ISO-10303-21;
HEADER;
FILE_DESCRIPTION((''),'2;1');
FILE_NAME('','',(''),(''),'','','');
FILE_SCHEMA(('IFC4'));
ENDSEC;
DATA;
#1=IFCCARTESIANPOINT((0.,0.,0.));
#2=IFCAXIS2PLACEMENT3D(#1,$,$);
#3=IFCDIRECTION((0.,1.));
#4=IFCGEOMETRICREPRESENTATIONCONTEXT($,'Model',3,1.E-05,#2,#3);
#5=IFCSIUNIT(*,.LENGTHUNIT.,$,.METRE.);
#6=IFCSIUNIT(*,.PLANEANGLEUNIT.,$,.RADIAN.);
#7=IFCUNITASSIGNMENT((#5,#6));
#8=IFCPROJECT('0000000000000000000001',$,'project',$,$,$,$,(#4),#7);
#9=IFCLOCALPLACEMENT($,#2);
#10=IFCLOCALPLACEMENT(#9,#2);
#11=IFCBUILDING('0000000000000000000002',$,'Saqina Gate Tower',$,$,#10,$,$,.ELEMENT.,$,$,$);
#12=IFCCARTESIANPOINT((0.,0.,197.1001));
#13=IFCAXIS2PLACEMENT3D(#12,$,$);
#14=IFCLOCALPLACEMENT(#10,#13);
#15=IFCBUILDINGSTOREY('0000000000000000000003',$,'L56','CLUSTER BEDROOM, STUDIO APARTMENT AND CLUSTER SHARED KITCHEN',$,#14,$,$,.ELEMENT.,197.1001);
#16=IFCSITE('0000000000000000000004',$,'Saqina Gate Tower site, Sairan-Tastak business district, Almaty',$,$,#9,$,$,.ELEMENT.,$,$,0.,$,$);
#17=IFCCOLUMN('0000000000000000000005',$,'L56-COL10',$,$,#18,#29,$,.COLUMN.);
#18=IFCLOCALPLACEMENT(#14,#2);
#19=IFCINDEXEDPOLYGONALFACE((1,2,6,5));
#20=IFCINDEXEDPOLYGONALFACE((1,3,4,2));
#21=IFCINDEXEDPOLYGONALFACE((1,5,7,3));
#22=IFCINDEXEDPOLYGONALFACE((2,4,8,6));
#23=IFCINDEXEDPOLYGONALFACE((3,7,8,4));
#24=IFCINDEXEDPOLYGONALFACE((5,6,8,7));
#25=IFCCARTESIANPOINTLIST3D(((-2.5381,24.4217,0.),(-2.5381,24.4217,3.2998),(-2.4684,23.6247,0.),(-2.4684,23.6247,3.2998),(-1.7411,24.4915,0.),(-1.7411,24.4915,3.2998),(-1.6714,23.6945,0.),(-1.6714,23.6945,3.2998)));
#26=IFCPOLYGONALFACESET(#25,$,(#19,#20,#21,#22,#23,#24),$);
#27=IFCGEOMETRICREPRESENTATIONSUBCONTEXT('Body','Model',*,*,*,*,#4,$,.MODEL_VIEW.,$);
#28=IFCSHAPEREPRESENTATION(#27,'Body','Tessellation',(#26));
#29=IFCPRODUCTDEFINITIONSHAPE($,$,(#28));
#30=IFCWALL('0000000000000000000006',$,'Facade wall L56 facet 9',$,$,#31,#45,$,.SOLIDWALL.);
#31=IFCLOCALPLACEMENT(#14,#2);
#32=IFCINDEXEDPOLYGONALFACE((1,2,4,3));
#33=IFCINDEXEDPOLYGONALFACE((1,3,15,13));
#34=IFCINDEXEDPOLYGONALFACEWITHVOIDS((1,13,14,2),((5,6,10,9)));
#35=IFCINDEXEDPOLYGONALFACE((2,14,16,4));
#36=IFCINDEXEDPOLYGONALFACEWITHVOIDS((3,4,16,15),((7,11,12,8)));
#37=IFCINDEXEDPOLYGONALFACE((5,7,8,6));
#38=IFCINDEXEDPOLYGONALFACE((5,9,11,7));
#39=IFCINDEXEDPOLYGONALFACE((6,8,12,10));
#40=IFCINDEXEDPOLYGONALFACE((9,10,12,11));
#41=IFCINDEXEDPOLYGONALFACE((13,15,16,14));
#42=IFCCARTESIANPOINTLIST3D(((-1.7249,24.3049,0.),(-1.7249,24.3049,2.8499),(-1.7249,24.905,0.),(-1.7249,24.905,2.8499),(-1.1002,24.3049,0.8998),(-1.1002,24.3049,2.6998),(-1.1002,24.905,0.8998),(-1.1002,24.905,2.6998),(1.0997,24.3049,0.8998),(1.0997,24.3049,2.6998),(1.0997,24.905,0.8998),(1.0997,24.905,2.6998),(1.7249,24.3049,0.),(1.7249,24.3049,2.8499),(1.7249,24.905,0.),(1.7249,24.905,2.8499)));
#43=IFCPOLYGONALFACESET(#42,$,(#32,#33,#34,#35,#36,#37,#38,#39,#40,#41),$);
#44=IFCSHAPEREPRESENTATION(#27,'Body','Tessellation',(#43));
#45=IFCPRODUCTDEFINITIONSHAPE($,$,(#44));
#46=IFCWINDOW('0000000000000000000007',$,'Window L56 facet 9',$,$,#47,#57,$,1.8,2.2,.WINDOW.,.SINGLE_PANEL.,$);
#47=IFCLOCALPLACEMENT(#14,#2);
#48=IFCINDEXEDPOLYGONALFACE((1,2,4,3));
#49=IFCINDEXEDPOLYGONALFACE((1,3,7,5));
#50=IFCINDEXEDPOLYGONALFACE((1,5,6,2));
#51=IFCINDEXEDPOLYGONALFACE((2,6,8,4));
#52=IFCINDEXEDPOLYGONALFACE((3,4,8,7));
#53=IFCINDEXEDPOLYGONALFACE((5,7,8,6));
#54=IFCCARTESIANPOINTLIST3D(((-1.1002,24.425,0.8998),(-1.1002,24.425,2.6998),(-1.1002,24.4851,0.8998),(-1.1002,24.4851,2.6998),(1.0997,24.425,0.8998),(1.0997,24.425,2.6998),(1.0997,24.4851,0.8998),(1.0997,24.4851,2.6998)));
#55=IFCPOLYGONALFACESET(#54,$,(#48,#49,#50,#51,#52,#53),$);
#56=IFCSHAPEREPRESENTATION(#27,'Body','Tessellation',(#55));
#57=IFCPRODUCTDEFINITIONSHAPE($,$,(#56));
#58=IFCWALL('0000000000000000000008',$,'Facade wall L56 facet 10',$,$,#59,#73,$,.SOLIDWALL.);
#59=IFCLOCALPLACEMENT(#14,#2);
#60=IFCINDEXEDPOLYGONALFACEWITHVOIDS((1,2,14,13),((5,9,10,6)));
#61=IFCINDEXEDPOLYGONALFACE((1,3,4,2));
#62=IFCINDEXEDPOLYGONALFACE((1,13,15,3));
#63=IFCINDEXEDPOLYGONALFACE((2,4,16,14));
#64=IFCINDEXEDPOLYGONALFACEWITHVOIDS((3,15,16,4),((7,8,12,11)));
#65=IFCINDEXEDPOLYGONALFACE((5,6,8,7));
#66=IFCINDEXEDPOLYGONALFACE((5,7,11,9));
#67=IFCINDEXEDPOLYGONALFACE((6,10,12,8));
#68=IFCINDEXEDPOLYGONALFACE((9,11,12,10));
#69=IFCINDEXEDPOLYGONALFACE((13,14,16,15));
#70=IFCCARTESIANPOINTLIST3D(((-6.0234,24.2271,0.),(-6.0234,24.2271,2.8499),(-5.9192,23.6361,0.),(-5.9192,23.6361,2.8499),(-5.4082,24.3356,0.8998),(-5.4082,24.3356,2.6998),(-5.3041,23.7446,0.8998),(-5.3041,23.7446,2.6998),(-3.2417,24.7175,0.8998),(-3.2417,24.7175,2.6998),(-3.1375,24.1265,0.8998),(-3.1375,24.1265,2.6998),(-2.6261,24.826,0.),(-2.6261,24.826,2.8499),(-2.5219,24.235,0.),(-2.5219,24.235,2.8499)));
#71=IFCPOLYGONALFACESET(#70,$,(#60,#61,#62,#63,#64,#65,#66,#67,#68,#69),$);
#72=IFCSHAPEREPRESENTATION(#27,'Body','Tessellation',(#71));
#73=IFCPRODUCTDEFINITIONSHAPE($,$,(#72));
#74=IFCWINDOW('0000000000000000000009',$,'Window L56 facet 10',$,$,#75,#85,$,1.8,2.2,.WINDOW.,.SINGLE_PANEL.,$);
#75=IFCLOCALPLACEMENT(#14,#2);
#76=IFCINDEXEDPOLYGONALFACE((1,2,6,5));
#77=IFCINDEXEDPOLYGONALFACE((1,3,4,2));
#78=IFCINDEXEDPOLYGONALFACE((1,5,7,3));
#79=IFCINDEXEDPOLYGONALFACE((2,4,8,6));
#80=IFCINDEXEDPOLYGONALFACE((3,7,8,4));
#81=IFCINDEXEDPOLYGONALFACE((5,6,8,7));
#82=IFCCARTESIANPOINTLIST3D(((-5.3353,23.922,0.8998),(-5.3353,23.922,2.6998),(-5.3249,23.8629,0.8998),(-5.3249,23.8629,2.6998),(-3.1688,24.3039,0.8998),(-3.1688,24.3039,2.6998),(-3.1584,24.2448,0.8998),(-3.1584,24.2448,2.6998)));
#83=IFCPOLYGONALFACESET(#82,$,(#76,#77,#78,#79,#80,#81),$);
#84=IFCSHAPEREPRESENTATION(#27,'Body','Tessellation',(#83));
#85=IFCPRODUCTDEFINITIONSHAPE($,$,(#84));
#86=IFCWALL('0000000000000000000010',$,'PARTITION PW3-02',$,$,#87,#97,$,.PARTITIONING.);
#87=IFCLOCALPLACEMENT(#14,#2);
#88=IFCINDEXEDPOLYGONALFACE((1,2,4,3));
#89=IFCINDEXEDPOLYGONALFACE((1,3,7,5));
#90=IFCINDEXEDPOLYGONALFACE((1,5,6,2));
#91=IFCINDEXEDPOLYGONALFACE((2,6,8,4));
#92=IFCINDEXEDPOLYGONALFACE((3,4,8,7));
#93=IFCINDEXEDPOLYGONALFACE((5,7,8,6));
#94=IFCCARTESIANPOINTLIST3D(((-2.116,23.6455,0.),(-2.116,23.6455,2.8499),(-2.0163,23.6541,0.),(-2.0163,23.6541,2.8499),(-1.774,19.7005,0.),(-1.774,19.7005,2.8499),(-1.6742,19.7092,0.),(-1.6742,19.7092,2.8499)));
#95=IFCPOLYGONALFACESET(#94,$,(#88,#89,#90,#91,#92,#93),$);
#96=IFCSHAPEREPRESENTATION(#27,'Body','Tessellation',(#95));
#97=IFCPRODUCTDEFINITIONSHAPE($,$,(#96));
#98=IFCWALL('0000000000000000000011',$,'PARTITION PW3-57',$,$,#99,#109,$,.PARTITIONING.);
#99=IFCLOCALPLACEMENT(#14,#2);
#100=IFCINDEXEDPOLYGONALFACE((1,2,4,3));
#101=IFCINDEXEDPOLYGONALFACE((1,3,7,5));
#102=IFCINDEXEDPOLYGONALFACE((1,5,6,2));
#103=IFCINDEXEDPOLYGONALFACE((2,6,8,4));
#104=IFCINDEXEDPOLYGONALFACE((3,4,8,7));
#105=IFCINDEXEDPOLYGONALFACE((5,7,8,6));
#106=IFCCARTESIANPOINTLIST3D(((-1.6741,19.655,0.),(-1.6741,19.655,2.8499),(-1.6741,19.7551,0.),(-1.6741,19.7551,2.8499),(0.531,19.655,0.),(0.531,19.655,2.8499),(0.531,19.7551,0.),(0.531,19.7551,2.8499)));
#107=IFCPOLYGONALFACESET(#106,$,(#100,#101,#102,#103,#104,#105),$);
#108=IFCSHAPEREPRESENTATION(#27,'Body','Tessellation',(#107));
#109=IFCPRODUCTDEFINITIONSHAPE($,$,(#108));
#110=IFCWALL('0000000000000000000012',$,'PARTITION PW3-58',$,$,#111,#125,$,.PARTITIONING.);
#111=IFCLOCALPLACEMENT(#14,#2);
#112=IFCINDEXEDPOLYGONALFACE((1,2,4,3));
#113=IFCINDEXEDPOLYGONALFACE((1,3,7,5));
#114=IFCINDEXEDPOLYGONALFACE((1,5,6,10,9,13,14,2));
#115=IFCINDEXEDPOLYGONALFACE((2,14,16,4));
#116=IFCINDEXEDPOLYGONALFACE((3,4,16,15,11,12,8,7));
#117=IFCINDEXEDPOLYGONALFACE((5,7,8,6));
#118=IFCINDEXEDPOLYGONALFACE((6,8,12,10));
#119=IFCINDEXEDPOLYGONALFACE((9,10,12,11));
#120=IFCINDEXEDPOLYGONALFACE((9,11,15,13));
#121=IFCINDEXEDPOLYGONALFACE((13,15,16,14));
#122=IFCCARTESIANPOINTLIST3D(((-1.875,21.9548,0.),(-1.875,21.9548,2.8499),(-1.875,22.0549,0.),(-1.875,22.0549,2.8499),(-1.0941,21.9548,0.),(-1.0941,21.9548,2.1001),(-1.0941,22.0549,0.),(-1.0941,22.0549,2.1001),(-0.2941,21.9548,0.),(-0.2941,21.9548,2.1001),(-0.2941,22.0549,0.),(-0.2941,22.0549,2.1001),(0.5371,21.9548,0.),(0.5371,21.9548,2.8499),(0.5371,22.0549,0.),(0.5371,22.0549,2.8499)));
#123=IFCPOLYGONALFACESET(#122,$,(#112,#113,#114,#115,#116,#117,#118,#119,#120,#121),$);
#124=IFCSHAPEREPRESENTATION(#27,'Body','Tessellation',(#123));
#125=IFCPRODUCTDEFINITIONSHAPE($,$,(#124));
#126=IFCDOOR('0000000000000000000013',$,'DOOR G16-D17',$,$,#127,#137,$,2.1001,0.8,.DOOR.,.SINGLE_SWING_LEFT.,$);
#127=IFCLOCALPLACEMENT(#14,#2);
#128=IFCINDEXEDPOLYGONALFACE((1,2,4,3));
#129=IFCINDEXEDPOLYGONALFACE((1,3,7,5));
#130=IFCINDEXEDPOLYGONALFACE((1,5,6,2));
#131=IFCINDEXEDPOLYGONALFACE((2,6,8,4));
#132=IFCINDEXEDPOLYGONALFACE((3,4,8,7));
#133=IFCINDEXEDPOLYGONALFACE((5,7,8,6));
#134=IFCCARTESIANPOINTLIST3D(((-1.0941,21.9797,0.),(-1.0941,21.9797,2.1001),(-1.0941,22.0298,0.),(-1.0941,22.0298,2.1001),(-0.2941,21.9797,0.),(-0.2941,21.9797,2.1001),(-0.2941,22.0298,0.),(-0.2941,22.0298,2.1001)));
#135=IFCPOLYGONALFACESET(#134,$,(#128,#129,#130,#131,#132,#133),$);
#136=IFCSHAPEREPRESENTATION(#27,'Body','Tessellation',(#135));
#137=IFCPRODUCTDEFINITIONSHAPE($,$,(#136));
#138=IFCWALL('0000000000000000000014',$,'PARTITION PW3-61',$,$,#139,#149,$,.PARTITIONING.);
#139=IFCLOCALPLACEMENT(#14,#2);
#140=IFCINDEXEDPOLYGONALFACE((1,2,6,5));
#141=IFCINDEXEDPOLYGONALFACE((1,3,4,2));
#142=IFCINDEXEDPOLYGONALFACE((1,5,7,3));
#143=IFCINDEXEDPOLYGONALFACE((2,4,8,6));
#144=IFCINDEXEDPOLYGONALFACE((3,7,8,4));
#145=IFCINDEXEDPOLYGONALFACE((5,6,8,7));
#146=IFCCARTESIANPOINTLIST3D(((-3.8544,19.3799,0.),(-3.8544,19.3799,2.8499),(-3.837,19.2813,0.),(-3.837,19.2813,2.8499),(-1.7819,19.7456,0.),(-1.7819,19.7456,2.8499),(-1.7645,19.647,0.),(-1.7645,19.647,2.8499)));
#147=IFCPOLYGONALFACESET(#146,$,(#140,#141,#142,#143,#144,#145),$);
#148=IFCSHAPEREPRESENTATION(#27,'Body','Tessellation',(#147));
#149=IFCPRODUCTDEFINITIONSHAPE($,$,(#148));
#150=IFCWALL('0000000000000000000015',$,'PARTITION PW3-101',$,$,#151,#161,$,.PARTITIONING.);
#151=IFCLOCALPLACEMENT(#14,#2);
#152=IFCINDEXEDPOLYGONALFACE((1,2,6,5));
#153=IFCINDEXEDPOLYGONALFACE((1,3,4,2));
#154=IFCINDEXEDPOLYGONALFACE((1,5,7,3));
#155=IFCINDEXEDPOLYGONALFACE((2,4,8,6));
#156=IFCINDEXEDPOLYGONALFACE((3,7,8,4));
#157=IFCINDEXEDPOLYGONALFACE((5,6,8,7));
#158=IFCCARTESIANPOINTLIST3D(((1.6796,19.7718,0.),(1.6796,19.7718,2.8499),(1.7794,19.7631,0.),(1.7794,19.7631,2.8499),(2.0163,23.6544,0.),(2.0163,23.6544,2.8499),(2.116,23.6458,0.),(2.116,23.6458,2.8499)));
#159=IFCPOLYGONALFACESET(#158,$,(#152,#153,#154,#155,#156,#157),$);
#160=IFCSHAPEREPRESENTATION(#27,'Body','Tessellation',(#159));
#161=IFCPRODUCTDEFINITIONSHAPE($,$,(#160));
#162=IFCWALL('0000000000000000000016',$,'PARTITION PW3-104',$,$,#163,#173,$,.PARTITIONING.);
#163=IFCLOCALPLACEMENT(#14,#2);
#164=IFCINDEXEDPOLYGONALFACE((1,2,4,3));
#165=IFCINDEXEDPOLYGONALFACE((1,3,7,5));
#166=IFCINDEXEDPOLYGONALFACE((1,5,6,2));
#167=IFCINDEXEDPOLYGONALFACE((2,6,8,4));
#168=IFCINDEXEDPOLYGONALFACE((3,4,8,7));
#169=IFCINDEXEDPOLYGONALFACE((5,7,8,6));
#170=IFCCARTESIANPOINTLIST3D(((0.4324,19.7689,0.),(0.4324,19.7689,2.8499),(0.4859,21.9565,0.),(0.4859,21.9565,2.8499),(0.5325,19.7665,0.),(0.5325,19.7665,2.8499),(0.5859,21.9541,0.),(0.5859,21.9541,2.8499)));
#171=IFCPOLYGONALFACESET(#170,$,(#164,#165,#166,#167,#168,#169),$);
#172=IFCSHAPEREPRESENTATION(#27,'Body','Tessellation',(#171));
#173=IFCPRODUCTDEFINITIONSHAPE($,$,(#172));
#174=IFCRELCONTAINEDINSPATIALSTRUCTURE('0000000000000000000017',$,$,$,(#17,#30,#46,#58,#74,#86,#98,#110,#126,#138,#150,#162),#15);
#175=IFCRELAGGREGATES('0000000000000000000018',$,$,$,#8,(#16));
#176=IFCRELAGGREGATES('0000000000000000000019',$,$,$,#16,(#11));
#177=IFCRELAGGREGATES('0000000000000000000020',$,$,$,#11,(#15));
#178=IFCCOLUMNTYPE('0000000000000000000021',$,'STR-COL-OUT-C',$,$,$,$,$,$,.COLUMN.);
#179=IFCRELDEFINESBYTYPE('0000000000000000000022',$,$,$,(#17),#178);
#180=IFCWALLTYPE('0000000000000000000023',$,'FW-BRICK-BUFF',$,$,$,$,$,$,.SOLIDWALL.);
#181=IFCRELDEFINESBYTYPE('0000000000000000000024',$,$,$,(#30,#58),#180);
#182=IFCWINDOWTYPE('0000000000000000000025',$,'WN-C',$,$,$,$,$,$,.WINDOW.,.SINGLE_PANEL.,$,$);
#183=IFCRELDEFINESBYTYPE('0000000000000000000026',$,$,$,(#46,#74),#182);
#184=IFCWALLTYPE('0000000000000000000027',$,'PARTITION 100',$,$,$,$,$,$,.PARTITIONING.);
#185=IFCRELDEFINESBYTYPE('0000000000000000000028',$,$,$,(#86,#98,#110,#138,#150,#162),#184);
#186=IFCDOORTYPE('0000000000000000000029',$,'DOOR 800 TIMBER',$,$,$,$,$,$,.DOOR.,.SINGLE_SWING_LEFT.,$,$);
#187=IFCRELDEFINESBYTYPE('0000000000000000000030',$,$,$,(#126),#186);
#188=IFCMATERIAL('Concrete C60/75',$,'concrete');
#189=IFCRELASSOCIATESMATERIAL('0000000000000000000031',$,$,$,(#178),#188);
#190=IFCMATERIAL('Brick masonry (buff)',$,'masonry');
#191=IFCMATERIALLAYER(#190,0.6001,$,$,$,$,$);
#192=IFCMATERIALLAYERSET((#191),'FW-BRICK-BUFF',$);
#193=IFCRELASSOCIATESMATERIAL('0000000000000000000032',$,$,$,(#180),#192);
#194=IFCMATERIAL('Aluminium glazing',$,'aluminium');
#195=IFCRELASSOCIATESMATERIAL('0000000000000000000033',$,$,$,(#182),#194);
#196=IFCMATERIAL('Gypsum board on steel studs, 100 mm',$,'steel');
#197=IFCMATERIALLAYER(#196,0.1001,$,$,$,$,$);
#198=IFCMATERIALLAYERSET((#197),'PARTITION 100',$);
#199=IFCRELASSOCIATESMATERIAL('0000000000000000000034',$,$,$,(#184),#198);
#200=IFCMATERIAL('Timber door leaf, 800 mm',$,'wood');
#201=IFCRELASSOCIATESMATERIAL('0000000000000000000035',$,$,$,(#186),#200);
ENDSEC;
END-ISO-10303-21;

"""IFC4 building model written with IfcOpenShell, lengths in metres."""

from ifc_helpers import new_model, si_unit, direction, frame, frame_2d, origin, origin_2d, place, context, subcontext, project, spatial, rectangle, extrude, material, layer, layer_set, material_profile, profile_set, type_object, element, fill, save


model = new_model("IFC4")

# Units and contexts
model_context = context("Model", 3, precision=1e-05, world=origin(), true_north=direction((0.0, 1.0)))
body_context = subcontext(model_context, "Body", "Model", "MODEL_VIEW")
ifc_project = project(units=[si_unit("LENGTHUNIT", "METRE"), si_unit("PLANEANGLEUNIT", "RADIAN")], contexts=[model_context])

# Site, building, storey
site_placement = place(None, origin())
site = spatial("IfcSite", under=ifc_project, at=site_placement, Name="Saqina Gate Tower site, Sairan-Tastak business district, Almaty", CompositionType="ELEMENT", RefElevation=0.0)
building_placement = place(site_placement, origin())
building = spatial("IfcBuilding", under=site, at=building_placement, Name="Saqina Gate Tower", CompositionType="ELEMENT")
storey_placement = place(building_placement, frame((0.0, 0.0, 197.1001)))
storey = spatial("IfcBuildingStorey", under=building, at=storey_placement, Name="L56", Description="CLUSTER BEDROOM, STUDIO APARTMENT AND CLUSTER SHARED KITCHEN", CompositionType="ELEMENT", Elevation=197.1001)

# Column
ifc_material_1 = material(Name="Concrete C60/75", Category="concrete")
ifc_material_profile = material_profile(ifc_material_1, rectangle(XDim=0.8, YDim=0.8, at=origin_2d()), Name="RC 800x800")
ifc_profile_set = profile_set([ifc_material_profile], Name="Concrete C60/75")
column_type = type_object("IfcColumnType", Name="STR-COL-OUT-C", PredefinedType="COLUMN", material=ifc_profile_set)
column_placement = place(storey_placement, frame((-2.1047, 24.0581, 0.0), z_axis=(0.0, 0.0, 1.0), x_axis=(-0.087156, 0.996195, 0.0)))
element("IfcColumn", 1, at=column_placement, inside=storey, type_object=column_type, Name="L56-COL10", PredefinedType="COLUMN", context=body_context, shape_type="SweptSolid", body=[
    extrude(rectangle(XDim=0.8, YDim=0.8, at=origin_2d()), origin(), (0.0, 0.0, 1.0), 3.2998),
])

# Walls, openings, windows
ifc_material_2 = material(Name="Brick masonry (buff)", Category="masonry")
ifc_layer_1 = layer(ifc_material_2, 0.6001)
ifc_layer_set_1 = layer_set([ifc_layer_1], Name="FW-BRICK-BUFF")
wall_type_1 = type_object("IfcWallType", Name="FW-BRICK-BUFF", PredefinedType="SOLIDWALL", material=ifc_layer_set_1)
wall_1_placement = place(storey_placement, frame((1.7249, 24.605, 0.0), z_axis=(0.0, 0.0, 1.0), x_axis=(-1.0, 0.0, 0.0)))
wall_1 = element("IfcWall", 2, at=wall_1_placement, inside=storey, type_object=wall_type_1, Name="Facade wall L56 facet 9", PredefinedType="SOLIDWALL", context=body_context, shape_type="SweptSolid", body=[
    extrude(rectangle(XDim=3.4497, YDim=0.6001, at=frame_2d((1.7249, 0.0))), origin(), (0.0, 0.0, 1.0), 2.8499),
])
opening_1_placement = place(wall_1_placement, frame((0.625, 0.0, 0.8999)))
opening_1 = element("IfcOpeningElement", 3, at=opening_1_placement, cuts=wall_1, PredefinedType="OPENING", context=body_context, shape_type="SweptSolid", body=[
    extrude(rectangle(XDim=2.2, YDim=1.8, at=frame_2d((1.1001, 0.8999))), frame((0.0, 0.312, 0.0), z_axis=(0.0, -1.0, 0.0), x_axis=(1.0, 0.0, 0.0)), (0.0, 0.0, 1.0), 0.624),
])
ifc_material_3 = material(Name="Aluminium glazing", Category="aluminium")
window_type = type_object("IfcWindowType", Name="WN-C", PartitioningType="SINGLE_PANEL", PredefinedType="WINDOW", material=ifc_material_3)
window_1_placement = place(opening_1_placement, origin())
window_1 = element("IfcWindow", 4, at=window_1_placement, inside=storey, type_object=window_type, Name="Window L56 facet 9", OverallHeight=1.8, OverallWidth=2.2, PartitioningType="SINGLE_PANEL", PredefinedType="WINDOW", context=body_context, shape_type="SweptSolid", body=[
    extrude(rectangle(XDim=2.2, YDim=1.8, at=frame_2d((1.1001, 0.8999))), frame((0.0, 0.1799, 0.0), z_axis=(0.0, -1.0, 0.0), x_axis=(1.0, 0.0, 0.0)), (0.0, 0.0, 1.0), 0.0601),
])
fill(opening_1, window_1)
wall_2_placement = place(storey_placement, frame((-2.574, 24.5305, 0.0), z_axis=(0.0, 0.0, 1.0), x_axis=(-0.984815, -0.173608, 0.0)))
wall_2 = element("IfcWall", 5, at=wall_2_placement, inside=storey, type_object=wall_type_1, Name="Facade wall L56 facet 10", PredefinedType="SOLIDWALL", context=body_context, shape_type="SweptSolid", body=[
    extrude(rectangle(XDim=3.4497, YDim=0.6001, at=frame_2d((1.7249, 0.0))), origin(), (0.0, 0.0, 1.0), 2.8499),
])
opening_2_placement = place(wall_2_placement, frame((0.625, 0.0, 0.8999)))
opening_2 = element("IfcOpeningElement", 6, at=opening_2_placement, cuts=wall_2, PredefinedType="OPENING", context=body_context, shape_type="SweptSolid", body=[
    extrude(rectangle(XDim=2.2, YDim=1.8, at=frame_2d((1.1001, 0.8999))), frame((0.0, 0.312, 0.0), z_axis=(0.0, -1.0, 0.0), x_axis=(1.0, 0.0, 0.0)), (0.0, 0.0, 1.0), 0.624),
])
window_2_placement = place(opening_2_placement, origin())
window_2 = element("IfcWindow", 7, at=window_2_placement, inside=storey, type_object=window_type, Name="Window L56 facet 10", OverallHeight=1.8, OverallWidth=2.2, PartitioningType="SINGLE_PANEL", PredefinedType="WINDOW", context=body_context, shape_type="SweptSolid", body=[
    extrude(rectangle(XDim=2.2, YDim=1.8, at=frame_2d((1.1001, 0.8999))), frame((0.0, 0.1799, 0.0), z_axis=(0.0, -1.0, 0.0), x_axis=(1.0, 0.0, 0.0)), (0.0, 0.0, 1.0), 0.0601),
])
fill(opening_2, window_2)

# Walls
ifc_material_4 = material(Name="Gypsum board on steel studs, 100 mm", Category="steel")
ifc_layer_2 = layer(ifc_material_4, 0.1001)
ifc_layer_set_2 = layer_set([ifc_layer_2], Name="PARTITION 100")
wall_type_2 = type_object("IfcWallType", Name="PARTITION 100", PredefinedType="PARTITIONING", material=ifc_layer_set_2)
wall_3_placement = place(storey_placement, frame((-2.0662, 23.6499, 0.0), z_axis=(0.0, 0.0, 1.0), x_axis=(0.086382, -0.996262, 0.0)))
element("IfcWall", 8, at=wall_3_placement, inside=storey, type_object=wall_type_2, Name="PARTITION PW3-02", PredefinedType="PARTITIONING", context=body_context, shape_type="SweptSolid", body=[
    extrude(rectangle(XDim=3.9597, YDim=0.1001, at=frame_2d((1.98, 0.0))), origin(), (0.0, 0.0, 1.0), 2.8499),
])
wall_4_placement = place(storey_placement, frame((-1.6741, 19.7051, 0.0), z_axis=(0.0, 0.0, 1.0), x_axis=(1.0, 0.0, 0.0)))
element("IfcWall", 9, at=wall_4_placement, inside=storey, type_object=wall_type_2, Name="PARTITION PW3-57", PredefinedType="PARTITIONING", context=body_context, shape_type="SweptSolid", body=[
    extrude(rectangle(XDim=2.2051, YDim=0.1001, at=frame_2d((1.1025, 0.0))), origin(), (0.0, 0.0, 1.0), 2.8499),
])

# Wall, opening, door
wall_5_placement = place(storey_placement, frame((-1.875, 22.0049, 0.0), z_axis=(0.0, 0.0, 1.0), x_axis=(1.0, 0.0, 0.0)))
wall_5 = element("IfcWall", 10, at=wall_5_placement, inside=storey, type_object=wall_type_2, Name="PARTITION PW3-58", PredefinedType="PARTITIONING", context=body_context, shape_type="SweptSolid", body=[
    extrude(rectangle(XDim=2.4121, YDim=0.1001, at=frame_2d((1.2061, 0.0))), origin(), (0.0, 0.0, 1.0), 2.8499),
])
opening_3_placement = place(wall_5_placement, frame((0.781, 0.0, 0.0)))
opening_3 = element("IfcOpeningElement", 11, at=opening_3_placement, cuts=wall_5, PredefinedType="OPENING", context=body_context, shape_type="SweptSolid", body=[
    extrude(rectangle(XDim=0.8, YDim=2.1001, at=frame_2d((0.3999, 1.05))), frame((0.0, 0.062, 0.0), z_axis=(0.0, -1.0, 0.0), x_axis=(1.0, 0.0, 0.0)), (0.0, 0.0, 1.0), 0.124),
])
ifc_material_5 = material(Name="Timber door leaf, 800 mm", Category="wood")
door_type_1 = type_object("IfcDoorType", Name="DOOR 800 TIMBER", OperationType="SINGLE_SWING_LEFT", PredefinedType="DOOR", material=ifc_material_5)
door_1_placement = place(opening_3_placement, origin())
door_1 = element("IfcDoor", 12, at=door_1_placement, inside=storey, type_object=door_type_1, Name="DOOR G16-D17", OperationType="SINGLE_SWING_LEFT", OverallHeight=2.1001, OverallWidth=0.8, PredefinedType="DOOR", context=body_context, shape_type="SweptSolid", body=[
    extrude(rectangle(XDim=0.8, YDim=2.1001, at=frame_2d((0.3999, 1.05))), frame((0.0, 0.0249, 0.0), z_axis=(0.0, -1.0, 0.0), x_axis=(1.0, 0.0, 0.0)), (0.0, 0.0, 1.0), 0.05),
])
fill(opening_3, door_1)

# Walls
wall_6_placement = place(storey_placement, frame((-3.8457, 19.3306, 0.0), z_axis=(0.0, 0.0, 1.0), x_axis=(0.984785, 0.173779, 0.0)))
element("IfcWall", 13, at=wall_6_placement, inside=storey, type_object=wall_type_2, Name="PARTITION PW3-61", PredefinedType="PARTITIONING", context=body_context, shape_type="SweptSolid", body=[
    extrude(rectangle(XDim=2.1045, YDim=0.1001, at=frame_2d((1.0522, 0.0))), origin(), (0.0, 0.0, 1.0), 2.8499),
])
wall_7_placement = place(storey_placement, frame((1.7295, 19.7673, 0.0), z_axis=(0.0, 0.0, 1.0), x_axis=(0.086389, 0.996261, 0.0)))
element("IfcWall", 14, at=wall_7_placement, inside=storey, type_object=wall_type_2, Name="PARTITION PW3-101", PredefinedType="PARTITIONING", context=body_context, shape_type="SweptSolid", body=[
    extrude(rectangle(XDim=3.8972, YDim=0.1001, at=frame_2d((1.9487, 0.0))), origin(), (0.0, 0.0, 1.0), 2.8499),
])
wall_8_placement = place(storey_placement, frame((0.4824, 19.7676, 0.0), z_axis=(0.0, 0.0, 1.0), x_axis=(0.024435, 0.999701, 0.0)))
element("IfcWall", 15, at=wall_8_placement, inside=storey, type_object=wall_type_2, Name="PARTITION PW3-104", PredefinedType="PARTITIONING", context=body_context, shape_type="SweptSolid", body=[
    extrude(rectangle(XDim=2.1882, YDim=0.1001, at=frame_2d((1.0942, 0.0))), origin(), (0.0, 0.0, 1.0), 2.8499),
])

save(model, "model.ifc")
